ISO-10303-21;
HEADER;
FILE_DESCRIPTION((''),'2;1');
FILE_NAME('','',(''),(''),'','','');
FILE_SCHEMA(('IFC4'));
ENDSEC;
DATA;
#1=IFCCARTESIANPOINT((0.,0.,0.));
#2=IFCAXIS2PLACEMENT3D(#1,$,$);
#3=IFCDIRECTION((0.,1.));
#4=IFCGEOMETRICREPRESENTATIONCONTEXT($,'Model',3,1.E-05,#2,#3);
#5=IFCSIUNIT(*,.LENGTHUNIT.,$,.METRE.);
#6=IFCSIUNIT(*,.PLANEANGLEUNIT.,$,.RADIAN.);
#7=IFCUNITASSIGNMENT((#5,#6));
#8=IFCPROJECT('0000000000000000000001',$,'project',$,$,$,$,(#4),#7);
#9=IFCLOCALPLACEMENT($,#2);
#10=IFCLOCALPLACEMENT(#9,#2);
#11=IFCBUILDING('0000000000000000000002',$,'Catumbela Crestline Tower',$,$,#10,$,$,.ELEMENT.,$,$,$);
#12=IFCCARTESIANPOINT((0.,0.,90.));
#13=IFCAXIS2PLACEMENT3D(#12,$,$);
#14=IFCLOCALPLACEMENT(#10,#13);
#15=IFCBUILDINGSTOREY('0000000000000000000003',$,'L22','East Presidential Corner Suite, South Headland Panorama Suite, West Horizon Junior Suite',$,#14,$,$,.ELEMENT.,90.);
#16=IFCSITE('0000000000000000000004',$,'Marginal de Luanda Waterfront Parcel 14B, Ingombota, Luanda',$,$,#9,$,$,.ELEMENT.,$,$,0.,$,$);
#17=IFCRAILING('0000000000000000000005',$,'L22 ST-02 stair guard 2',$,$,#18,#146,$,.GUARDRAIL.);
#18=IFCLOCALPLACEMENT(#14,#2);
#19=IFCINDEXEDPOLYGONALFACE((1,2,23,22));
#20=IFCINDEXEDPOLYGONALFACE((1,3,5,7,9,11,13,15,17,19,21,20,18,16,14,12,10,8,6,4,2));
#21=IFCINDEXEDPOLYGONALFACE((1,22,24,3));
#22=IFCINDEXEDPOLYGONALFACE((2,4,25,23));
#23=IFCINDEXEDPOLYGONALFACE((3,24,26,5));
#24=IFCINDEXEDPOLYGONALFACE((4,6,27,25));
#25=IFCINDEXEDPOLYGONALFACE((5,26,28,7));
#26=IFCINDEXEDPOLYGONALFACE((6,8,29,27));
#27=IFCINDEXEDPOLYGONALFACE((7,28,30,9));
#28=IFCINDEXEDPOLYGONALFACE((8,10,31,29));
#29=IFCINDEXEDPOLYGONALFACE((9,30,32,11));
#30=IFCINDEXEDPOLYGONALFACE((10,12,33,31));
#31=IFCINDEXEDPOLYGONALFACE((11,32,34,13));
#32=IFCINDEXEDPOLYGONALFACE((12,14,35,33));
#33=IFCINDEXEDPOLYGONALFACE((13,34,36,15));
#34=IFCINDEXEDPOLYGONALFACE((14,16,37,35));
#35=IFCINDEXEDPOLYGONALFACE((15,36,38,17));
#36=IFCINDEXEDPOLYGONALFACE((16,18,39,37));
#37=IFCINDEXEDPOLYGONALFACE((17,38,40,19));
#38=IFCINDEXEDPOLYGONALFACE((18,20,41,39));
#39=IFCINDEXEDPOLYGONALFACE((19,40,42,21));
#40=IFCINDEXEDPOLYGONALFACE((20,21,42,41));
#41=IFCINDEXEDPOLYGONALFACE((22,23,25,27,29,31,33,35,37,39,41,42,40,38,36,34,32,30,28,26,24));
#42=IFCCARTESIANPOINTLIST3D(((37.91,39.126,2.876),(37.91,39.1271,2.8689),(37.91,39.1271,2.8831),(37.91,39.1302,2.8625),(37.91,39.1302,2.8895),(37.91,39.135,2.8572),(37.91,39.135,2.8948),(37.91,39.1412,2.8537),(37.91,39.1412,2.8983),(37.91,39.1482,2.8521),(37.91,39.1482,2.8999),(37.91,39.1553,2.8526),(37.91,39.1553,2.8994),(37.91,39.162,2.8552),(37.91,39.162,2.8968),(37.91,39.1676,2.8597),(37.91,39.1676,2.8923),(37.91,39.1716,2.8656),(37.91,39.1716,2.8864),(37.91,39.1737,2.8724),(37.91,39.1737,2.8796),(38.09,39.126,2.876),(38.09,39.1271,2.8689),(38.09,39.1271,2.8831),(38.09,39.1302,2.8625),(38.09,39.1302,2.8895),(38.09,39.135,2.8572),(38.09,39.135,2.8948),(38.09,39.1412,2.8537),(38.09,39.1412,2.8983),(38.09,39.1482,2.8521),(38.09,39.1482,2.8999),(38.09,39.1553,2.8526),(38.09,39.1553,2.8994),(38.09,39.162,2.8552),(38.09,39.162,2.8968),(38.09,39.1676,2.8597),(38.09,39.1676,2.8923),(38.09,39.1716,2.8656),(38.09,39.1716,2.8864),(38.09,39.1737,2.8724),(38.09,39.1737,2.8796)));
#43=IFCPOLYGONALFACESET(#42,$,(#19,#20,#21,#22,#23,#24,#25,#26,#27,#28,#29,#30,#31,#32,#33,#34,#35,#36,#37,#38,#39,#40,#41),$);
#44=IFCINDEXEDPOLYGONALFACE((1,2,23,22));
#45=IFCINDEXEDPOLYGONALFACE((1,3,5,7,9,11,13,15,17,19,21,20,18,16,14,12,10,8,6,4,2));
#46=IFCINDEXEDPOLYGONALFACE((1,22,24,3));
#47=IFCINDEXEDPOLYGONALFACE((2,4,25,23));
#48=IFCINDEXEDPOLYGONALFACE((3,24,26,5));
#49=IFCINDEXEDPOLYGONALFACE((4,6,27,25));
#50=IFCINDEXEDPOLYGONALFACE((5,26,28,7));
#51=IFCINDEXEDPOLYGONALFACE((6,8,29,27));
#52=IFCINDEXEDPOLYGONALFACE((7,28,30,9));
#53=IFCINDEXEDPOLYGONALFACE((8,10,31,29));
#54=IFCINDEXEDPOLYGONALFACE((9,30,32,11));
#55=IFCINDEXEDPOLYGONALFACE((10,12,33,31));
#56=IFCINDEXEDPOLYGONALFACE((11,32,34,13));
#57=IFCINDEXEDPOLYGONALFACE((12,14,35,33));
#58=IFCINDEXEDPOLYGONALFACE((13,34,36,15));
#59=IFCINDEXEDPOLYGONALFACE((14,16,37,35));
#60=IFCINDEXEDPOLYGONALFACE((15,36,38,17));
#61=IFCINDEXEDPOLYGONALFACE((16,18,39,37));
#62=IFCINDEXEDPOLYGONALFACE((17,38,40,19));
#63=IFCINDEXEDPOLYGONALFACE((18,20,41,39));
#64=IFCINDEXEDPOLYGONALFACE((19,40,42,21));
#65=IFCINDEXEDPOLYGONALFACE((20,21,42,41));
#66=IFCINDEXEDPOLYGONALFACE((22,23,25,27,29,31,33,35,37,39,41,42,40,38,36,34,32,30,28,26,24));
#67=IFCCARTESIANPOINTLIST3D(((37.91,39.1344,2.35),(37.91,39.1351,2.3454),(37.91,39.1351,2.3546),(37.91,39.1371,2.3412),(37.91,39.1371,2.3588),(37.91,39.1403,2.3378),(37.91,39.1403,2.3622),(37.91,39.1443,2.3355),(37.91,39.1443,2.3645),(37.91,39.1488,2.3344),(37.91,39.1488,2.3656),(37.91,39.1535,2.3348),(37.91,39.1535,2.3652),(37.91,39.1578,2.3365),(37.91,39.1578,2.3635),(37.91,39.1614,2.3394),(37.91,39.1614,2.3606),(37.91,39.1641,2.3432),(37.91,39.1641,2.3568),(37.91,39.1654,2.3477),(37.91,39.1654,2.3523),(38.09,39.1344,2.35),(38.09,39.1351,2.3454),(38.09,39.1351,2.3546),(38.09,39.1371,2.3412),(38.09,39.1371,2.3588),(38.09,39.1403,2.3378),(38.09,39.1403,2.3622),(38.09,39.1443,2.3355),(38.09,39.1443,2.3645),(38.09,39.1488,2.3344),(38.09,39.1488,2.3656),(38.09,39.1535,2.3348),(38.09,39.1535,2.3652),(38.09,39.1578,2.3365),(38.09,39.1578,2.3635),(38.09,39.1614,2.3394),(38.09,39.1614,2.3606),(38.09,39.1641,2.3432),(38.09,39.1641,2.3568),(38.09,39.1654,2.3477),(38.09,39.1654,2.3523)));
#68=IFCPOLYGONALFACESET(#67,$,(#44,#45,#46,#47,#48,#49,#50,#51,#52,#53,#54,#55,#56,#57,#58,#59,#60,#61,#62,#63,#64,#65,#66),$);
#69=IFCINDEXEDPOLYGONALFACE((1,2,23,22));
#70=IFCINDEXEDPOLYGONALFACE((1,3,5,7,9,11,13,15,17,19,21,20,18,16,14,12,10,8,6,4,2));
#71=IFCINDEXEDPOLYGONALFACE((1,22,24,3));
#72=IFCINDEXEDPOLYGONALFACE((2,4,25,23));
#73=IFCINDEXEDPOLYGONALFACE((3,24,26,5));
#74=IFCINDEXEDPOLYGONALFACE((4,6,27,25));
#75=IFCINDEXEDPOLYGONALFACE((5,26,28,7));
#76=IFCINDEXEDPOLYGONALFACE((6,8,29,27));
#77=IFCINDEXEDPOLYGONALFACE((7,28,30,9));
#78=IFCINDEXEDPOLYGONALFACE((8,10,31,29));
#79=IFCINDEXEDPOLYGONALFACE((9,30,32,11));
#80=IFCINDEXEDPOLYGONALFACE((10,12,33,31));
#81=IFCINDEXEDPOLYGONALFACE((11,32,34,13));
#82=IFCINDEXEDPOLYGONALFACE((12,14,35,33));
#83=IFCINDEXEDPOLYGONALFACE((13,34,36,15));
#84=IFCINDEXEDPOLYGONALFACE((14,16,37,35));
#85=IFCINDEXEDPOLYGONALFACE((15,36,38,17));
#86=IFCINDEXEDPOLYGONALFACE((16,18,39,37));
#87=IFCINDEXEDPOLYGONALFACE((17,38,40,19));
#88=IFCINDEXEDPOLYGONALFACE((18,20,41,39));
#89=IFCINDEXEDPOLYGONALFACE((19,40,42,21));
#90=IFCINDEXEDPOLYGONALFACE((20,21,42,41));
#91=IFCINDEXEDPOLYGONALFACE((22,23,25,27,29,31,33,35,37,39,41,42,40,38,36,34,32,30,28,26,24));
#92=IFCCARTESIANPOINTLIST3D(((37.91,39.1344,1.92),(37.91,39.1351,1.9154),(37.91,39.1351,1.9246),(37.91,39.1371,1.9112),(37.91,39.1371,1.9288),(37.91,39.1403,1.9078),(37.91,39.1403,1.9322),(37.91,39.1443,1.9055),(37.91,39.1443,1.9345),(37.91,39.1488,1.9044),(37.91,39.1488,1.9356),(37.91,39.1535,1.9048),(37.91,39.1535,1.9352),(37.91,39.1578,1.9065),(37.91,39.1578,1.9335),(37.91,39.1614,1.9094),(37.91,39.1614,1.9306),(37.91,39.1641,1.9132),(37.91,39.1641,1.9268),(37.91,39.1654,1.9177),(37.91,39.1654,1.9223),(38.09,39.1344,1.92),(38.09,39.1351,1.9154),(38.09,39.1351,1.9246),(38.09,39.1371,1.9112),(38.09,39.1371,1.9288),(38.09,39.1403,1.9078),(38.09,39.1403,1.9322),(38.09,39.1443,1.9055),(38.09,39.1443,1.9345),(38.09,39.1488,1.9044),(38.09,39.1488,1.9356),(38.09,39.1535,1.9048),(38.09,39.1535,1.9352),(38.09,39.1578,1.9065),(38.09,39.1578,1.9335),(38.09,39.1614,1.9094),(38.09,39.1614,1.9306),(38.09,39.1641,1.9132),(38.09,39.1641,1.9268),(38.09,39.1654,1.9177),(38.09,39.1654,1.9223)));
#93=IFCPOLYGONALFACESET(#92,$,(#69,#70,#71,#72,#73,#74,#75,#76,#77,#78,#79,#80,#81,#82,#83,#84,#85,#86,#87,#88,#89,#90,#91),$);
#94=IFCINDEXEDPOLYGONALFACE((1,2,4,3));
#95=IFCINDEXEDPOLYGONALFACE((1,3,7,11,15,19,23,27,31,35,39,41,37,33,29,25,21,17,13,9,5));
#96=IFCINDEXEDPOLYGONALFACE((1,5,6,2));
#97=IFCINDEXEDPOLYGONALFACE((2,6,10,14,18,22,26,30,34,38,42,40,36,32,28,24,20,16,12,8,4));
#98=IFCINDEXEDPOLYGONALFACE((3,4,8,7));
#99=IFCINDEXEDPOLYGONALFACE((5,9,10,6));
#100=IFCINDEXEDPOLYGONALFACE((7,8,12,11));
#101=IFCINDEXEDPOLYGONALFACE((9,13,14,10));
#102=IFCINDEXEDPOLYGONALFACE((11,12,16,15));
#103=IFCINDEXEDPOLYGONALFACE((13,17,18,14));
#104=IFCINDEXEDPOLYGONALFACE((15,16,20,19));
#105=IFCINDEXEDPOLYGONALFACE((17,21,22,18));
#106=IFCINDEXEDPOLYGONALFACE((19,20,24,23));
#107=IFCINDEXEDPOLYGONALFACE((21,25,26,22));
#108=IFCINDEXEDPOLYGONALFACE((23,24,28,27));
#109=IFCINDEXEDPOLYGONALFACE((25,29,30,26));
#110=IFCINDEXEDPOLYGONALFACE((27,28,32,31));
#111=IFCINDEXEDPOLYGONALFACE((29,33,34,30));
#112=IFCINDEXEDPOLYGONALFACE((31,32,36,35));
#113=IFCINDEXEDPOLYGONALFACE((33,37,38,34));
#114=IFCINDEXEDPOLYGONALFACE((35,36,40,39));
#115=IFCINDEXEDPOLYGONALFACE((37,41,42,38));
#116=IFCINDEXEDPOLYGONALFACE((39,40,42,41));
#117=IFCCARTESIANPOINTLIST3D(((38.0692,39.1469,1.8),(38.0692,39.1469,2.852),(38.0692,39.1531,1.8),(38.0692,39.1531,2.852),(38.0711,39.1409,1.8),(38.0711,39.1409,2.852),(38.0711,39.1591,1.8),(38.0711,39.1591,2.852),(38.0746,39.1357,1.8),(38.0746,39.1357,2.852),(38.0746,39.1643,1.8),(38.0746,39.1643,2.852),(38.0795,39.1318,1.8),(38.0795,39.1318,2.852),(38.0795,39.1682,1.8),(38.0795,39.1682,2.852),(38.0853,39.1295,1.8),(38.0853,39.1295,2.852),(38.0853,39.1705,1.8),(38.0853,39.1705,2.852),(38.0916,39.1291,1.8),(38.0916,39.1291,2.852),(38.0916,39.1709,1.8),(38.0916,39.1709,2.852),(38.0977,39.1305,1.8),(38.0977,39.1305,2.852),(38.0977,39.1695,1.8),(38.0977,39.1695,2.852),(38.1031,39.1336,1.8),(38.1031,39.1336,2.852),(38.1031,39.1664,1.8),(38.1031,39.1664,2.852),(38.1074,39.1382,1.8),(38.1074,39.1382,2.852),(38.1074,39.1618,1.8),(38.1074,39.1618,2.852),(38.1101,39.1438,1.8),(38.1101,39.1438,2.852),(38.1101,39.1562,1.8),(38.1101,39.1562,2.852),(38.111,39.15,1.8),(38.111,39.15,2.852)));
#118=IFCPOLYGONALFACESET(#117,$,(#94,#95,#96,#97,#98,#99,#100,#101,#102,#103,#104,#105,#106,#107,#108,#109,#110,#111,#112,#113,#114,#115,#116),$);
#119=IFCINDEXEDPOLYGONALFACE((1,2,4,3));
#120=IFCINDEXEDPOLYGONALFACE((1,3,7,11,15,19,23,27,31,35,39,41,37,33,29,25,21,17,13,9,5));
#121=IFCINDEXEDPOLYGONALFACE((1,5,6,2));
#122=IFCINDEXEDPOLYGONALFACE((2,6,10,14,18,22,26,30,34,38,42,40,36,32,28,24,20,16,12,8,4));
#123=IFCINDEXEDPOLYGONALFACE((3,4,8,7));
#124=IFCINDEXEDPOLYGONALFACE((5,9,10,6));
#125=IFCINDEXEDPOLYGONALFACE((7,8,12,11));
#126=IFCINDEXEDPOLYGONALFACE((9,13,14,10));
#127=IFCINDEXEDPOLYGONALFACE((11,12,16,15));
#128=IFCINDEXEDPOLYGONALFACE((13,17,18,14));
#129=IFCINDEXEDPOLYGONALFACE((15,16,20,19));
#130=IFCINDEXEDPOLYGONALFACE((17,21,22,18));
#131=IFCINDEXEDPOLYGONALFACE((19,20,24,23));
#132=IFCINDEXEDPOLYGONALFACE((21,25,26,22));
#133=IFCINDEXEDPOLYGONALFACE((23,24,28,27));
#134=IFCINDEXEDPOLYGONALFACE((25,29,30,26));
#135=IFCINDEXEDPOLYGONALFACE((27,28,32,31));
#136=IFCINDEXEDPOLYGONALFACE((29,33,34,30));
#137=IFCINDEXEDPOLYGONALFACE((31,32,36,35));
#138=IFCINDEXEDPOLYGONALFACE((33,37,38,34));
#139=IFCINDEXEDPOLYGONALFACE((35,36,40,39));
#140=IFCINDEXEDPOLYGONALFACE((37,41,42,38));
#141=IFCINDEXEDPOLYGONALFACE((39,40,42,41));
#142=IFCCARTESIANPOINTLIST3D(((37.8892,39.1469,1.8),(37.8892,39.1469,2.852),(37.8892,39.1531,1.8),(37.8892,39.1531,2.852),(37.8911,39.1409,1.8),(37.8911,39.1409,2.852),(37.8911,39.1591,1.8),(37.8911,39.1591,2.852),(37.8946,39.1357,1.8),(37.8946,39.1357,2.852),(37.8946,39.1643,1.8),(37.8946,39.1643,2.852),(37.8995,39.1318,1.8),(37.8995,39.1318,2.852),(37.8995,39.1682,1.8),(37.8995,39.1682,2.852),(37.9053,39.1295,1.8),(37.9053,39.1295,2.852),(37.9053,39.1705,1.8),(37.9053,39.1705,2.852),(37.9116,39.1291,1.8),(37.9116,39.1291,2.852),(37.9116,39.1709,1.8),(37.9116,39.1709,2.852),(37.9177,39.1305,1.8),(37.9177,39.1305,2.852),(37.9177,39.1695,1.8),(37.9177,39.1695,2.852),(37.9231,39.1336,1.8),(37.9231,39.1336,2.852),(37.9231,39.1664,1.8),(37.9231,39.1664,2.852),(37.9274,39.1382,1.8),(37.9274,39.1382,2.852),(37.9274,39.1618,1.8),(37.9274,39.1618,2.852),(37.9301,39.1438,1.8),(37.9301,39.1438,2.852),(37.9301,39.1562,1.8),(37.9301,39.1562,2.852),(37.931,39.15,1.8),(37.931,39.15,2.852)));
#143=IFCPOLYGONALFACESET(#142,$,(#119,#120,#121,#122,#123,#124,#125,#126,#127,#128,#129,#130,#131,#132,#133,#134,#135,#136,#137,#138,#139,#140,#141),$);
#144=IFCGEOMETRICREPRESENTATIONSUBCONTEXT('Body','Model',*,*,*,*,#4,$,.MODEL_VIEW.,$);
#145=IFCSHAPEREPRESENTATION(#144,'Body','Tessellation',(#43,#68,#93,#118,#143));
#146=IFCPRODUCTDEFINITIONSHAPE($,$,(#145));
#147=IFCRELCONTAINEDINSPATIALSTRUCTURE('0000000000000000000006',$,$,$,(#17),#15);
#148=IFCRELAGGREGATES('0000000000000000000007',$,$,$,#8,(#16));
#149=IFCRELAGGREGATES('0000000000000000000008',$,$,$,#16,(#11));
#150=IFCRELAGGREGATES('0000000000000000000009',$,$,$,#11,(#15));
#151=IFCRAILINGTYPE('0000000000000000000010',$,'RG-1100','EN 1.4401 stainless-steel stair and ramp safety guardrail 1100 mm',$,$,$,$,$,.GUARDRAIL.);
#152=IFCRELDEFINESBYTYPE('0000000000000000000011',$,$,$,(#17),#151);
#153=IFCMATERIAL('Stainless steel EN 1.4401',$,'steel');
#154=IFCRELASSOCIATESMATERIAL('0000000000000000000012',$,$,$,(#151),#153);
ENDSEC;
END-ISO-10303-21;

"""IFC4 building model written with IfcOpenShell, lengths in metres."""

from ifc_helpers import new_model, si_unit, direction, frame, origin, origin_2d, place, context, subcontext, project, spatial, circle, extrude, material, type_object, element, save


model = new_model("IFC4")

# Units and contexts
model_context = context("Model", 3, precision=1e-05, world=origin(), true_north=direction((0.0, 1.0)))
body_context = subcontext(model_context, "Body", "Model", "MODEL_VIEW")
ifc_project = project(units=[si_unit("LENGTHUNIT", "METRE"), si_unit("PLANEANGLEUNIT", "RADIAN")], contexts=[model_context])

# Site, building, storey
site_placement = place(None, origin())
site = spatial("IfcSite", under=ifc_project, at=site_placement, Name="Marginal de Luanda Waterfront Parcel 14B, Ingombota, Luanda", CompositionType="ELEMENT", RefElevation=0.0)
building_placement = place(site_placement, origin())
building = spatial("IfcBuilding", under=site, at=building_placement, Name="Catumbela Crestline Tower", CompositionType="ELEMENT")
storey_placement = place(building_placement, frame((0.0, 0.0, 90.0)))
storey = spatial("IfcBuildingStorey", under=building, at=storey_placement, Name="L22", Description="East Presidential Corner Suite, South Headland Panorama Suite, West Horizon Junior Suite", CompositionType="ELEMENT", Elevation=90.0)

# Shared definitions
ifc_material_1 = material(Name="Stainless steel EN 1.4401", Category="steel")

# Railing
railing_type_1 = type_object("IfcRailingType", Name="RG-1100", Description="EN 1.4401 stainless-steel stair and ramp safety guardrail 1100 mm", PredefinedType="GUARDRAIL", material=ifc_material_1)
railing_1_placement = place(storey_placement, frame((38.09, 39.15, 1.8)))
element("IfcRailing", 1, at=railing_1_placement, inside=storey, type_object=railing_type_1, Name="L22 ST-02 stair guard 2", PredefinedType="GUARDRAIL", context=body_context, shape_type="SweptSolid", body=[
    extrude(circle(Radius=0.024, at=origin_2d()), frame((0.0, 0.0, 1.076), z_axis=(-1.0, 0.0, 0.0), x_axis=(0.0, -1.0, 0.0)), (0.0, 0.0, 1.0), 0.18),
    extrude(circle(Radius=0.0156, at=origin_2d()), frame((0.0, 0.0, 0.55), z_axis=(-1.0, 0.0, 0.0), x_axis=(0.0, -1.0, 0.0)), (0.0, 0.0, 1.0), 0.18),
    extrude(circle(Radius=0.0156, at=origin_2d()), frame((0.0, 0.0, 0.12), z_axis=(-1.0, 0.0, 0.0), x_axis=(0.0, -1.0, 0.0)), (0.0, 0.0, 1.0), 0.18),
    extrude(circle(Radius=0.021, at=origin_2d()), origin(), (0.0, 0.0, 1.0), 1.052),
    extrude(circle(Radius=0.021, at=origin_2d()), frame((-0.18, 0.0, 0.0)), (0.0, 0.0, 1.0), 1.052),
])

save(model, "model.ifc")
